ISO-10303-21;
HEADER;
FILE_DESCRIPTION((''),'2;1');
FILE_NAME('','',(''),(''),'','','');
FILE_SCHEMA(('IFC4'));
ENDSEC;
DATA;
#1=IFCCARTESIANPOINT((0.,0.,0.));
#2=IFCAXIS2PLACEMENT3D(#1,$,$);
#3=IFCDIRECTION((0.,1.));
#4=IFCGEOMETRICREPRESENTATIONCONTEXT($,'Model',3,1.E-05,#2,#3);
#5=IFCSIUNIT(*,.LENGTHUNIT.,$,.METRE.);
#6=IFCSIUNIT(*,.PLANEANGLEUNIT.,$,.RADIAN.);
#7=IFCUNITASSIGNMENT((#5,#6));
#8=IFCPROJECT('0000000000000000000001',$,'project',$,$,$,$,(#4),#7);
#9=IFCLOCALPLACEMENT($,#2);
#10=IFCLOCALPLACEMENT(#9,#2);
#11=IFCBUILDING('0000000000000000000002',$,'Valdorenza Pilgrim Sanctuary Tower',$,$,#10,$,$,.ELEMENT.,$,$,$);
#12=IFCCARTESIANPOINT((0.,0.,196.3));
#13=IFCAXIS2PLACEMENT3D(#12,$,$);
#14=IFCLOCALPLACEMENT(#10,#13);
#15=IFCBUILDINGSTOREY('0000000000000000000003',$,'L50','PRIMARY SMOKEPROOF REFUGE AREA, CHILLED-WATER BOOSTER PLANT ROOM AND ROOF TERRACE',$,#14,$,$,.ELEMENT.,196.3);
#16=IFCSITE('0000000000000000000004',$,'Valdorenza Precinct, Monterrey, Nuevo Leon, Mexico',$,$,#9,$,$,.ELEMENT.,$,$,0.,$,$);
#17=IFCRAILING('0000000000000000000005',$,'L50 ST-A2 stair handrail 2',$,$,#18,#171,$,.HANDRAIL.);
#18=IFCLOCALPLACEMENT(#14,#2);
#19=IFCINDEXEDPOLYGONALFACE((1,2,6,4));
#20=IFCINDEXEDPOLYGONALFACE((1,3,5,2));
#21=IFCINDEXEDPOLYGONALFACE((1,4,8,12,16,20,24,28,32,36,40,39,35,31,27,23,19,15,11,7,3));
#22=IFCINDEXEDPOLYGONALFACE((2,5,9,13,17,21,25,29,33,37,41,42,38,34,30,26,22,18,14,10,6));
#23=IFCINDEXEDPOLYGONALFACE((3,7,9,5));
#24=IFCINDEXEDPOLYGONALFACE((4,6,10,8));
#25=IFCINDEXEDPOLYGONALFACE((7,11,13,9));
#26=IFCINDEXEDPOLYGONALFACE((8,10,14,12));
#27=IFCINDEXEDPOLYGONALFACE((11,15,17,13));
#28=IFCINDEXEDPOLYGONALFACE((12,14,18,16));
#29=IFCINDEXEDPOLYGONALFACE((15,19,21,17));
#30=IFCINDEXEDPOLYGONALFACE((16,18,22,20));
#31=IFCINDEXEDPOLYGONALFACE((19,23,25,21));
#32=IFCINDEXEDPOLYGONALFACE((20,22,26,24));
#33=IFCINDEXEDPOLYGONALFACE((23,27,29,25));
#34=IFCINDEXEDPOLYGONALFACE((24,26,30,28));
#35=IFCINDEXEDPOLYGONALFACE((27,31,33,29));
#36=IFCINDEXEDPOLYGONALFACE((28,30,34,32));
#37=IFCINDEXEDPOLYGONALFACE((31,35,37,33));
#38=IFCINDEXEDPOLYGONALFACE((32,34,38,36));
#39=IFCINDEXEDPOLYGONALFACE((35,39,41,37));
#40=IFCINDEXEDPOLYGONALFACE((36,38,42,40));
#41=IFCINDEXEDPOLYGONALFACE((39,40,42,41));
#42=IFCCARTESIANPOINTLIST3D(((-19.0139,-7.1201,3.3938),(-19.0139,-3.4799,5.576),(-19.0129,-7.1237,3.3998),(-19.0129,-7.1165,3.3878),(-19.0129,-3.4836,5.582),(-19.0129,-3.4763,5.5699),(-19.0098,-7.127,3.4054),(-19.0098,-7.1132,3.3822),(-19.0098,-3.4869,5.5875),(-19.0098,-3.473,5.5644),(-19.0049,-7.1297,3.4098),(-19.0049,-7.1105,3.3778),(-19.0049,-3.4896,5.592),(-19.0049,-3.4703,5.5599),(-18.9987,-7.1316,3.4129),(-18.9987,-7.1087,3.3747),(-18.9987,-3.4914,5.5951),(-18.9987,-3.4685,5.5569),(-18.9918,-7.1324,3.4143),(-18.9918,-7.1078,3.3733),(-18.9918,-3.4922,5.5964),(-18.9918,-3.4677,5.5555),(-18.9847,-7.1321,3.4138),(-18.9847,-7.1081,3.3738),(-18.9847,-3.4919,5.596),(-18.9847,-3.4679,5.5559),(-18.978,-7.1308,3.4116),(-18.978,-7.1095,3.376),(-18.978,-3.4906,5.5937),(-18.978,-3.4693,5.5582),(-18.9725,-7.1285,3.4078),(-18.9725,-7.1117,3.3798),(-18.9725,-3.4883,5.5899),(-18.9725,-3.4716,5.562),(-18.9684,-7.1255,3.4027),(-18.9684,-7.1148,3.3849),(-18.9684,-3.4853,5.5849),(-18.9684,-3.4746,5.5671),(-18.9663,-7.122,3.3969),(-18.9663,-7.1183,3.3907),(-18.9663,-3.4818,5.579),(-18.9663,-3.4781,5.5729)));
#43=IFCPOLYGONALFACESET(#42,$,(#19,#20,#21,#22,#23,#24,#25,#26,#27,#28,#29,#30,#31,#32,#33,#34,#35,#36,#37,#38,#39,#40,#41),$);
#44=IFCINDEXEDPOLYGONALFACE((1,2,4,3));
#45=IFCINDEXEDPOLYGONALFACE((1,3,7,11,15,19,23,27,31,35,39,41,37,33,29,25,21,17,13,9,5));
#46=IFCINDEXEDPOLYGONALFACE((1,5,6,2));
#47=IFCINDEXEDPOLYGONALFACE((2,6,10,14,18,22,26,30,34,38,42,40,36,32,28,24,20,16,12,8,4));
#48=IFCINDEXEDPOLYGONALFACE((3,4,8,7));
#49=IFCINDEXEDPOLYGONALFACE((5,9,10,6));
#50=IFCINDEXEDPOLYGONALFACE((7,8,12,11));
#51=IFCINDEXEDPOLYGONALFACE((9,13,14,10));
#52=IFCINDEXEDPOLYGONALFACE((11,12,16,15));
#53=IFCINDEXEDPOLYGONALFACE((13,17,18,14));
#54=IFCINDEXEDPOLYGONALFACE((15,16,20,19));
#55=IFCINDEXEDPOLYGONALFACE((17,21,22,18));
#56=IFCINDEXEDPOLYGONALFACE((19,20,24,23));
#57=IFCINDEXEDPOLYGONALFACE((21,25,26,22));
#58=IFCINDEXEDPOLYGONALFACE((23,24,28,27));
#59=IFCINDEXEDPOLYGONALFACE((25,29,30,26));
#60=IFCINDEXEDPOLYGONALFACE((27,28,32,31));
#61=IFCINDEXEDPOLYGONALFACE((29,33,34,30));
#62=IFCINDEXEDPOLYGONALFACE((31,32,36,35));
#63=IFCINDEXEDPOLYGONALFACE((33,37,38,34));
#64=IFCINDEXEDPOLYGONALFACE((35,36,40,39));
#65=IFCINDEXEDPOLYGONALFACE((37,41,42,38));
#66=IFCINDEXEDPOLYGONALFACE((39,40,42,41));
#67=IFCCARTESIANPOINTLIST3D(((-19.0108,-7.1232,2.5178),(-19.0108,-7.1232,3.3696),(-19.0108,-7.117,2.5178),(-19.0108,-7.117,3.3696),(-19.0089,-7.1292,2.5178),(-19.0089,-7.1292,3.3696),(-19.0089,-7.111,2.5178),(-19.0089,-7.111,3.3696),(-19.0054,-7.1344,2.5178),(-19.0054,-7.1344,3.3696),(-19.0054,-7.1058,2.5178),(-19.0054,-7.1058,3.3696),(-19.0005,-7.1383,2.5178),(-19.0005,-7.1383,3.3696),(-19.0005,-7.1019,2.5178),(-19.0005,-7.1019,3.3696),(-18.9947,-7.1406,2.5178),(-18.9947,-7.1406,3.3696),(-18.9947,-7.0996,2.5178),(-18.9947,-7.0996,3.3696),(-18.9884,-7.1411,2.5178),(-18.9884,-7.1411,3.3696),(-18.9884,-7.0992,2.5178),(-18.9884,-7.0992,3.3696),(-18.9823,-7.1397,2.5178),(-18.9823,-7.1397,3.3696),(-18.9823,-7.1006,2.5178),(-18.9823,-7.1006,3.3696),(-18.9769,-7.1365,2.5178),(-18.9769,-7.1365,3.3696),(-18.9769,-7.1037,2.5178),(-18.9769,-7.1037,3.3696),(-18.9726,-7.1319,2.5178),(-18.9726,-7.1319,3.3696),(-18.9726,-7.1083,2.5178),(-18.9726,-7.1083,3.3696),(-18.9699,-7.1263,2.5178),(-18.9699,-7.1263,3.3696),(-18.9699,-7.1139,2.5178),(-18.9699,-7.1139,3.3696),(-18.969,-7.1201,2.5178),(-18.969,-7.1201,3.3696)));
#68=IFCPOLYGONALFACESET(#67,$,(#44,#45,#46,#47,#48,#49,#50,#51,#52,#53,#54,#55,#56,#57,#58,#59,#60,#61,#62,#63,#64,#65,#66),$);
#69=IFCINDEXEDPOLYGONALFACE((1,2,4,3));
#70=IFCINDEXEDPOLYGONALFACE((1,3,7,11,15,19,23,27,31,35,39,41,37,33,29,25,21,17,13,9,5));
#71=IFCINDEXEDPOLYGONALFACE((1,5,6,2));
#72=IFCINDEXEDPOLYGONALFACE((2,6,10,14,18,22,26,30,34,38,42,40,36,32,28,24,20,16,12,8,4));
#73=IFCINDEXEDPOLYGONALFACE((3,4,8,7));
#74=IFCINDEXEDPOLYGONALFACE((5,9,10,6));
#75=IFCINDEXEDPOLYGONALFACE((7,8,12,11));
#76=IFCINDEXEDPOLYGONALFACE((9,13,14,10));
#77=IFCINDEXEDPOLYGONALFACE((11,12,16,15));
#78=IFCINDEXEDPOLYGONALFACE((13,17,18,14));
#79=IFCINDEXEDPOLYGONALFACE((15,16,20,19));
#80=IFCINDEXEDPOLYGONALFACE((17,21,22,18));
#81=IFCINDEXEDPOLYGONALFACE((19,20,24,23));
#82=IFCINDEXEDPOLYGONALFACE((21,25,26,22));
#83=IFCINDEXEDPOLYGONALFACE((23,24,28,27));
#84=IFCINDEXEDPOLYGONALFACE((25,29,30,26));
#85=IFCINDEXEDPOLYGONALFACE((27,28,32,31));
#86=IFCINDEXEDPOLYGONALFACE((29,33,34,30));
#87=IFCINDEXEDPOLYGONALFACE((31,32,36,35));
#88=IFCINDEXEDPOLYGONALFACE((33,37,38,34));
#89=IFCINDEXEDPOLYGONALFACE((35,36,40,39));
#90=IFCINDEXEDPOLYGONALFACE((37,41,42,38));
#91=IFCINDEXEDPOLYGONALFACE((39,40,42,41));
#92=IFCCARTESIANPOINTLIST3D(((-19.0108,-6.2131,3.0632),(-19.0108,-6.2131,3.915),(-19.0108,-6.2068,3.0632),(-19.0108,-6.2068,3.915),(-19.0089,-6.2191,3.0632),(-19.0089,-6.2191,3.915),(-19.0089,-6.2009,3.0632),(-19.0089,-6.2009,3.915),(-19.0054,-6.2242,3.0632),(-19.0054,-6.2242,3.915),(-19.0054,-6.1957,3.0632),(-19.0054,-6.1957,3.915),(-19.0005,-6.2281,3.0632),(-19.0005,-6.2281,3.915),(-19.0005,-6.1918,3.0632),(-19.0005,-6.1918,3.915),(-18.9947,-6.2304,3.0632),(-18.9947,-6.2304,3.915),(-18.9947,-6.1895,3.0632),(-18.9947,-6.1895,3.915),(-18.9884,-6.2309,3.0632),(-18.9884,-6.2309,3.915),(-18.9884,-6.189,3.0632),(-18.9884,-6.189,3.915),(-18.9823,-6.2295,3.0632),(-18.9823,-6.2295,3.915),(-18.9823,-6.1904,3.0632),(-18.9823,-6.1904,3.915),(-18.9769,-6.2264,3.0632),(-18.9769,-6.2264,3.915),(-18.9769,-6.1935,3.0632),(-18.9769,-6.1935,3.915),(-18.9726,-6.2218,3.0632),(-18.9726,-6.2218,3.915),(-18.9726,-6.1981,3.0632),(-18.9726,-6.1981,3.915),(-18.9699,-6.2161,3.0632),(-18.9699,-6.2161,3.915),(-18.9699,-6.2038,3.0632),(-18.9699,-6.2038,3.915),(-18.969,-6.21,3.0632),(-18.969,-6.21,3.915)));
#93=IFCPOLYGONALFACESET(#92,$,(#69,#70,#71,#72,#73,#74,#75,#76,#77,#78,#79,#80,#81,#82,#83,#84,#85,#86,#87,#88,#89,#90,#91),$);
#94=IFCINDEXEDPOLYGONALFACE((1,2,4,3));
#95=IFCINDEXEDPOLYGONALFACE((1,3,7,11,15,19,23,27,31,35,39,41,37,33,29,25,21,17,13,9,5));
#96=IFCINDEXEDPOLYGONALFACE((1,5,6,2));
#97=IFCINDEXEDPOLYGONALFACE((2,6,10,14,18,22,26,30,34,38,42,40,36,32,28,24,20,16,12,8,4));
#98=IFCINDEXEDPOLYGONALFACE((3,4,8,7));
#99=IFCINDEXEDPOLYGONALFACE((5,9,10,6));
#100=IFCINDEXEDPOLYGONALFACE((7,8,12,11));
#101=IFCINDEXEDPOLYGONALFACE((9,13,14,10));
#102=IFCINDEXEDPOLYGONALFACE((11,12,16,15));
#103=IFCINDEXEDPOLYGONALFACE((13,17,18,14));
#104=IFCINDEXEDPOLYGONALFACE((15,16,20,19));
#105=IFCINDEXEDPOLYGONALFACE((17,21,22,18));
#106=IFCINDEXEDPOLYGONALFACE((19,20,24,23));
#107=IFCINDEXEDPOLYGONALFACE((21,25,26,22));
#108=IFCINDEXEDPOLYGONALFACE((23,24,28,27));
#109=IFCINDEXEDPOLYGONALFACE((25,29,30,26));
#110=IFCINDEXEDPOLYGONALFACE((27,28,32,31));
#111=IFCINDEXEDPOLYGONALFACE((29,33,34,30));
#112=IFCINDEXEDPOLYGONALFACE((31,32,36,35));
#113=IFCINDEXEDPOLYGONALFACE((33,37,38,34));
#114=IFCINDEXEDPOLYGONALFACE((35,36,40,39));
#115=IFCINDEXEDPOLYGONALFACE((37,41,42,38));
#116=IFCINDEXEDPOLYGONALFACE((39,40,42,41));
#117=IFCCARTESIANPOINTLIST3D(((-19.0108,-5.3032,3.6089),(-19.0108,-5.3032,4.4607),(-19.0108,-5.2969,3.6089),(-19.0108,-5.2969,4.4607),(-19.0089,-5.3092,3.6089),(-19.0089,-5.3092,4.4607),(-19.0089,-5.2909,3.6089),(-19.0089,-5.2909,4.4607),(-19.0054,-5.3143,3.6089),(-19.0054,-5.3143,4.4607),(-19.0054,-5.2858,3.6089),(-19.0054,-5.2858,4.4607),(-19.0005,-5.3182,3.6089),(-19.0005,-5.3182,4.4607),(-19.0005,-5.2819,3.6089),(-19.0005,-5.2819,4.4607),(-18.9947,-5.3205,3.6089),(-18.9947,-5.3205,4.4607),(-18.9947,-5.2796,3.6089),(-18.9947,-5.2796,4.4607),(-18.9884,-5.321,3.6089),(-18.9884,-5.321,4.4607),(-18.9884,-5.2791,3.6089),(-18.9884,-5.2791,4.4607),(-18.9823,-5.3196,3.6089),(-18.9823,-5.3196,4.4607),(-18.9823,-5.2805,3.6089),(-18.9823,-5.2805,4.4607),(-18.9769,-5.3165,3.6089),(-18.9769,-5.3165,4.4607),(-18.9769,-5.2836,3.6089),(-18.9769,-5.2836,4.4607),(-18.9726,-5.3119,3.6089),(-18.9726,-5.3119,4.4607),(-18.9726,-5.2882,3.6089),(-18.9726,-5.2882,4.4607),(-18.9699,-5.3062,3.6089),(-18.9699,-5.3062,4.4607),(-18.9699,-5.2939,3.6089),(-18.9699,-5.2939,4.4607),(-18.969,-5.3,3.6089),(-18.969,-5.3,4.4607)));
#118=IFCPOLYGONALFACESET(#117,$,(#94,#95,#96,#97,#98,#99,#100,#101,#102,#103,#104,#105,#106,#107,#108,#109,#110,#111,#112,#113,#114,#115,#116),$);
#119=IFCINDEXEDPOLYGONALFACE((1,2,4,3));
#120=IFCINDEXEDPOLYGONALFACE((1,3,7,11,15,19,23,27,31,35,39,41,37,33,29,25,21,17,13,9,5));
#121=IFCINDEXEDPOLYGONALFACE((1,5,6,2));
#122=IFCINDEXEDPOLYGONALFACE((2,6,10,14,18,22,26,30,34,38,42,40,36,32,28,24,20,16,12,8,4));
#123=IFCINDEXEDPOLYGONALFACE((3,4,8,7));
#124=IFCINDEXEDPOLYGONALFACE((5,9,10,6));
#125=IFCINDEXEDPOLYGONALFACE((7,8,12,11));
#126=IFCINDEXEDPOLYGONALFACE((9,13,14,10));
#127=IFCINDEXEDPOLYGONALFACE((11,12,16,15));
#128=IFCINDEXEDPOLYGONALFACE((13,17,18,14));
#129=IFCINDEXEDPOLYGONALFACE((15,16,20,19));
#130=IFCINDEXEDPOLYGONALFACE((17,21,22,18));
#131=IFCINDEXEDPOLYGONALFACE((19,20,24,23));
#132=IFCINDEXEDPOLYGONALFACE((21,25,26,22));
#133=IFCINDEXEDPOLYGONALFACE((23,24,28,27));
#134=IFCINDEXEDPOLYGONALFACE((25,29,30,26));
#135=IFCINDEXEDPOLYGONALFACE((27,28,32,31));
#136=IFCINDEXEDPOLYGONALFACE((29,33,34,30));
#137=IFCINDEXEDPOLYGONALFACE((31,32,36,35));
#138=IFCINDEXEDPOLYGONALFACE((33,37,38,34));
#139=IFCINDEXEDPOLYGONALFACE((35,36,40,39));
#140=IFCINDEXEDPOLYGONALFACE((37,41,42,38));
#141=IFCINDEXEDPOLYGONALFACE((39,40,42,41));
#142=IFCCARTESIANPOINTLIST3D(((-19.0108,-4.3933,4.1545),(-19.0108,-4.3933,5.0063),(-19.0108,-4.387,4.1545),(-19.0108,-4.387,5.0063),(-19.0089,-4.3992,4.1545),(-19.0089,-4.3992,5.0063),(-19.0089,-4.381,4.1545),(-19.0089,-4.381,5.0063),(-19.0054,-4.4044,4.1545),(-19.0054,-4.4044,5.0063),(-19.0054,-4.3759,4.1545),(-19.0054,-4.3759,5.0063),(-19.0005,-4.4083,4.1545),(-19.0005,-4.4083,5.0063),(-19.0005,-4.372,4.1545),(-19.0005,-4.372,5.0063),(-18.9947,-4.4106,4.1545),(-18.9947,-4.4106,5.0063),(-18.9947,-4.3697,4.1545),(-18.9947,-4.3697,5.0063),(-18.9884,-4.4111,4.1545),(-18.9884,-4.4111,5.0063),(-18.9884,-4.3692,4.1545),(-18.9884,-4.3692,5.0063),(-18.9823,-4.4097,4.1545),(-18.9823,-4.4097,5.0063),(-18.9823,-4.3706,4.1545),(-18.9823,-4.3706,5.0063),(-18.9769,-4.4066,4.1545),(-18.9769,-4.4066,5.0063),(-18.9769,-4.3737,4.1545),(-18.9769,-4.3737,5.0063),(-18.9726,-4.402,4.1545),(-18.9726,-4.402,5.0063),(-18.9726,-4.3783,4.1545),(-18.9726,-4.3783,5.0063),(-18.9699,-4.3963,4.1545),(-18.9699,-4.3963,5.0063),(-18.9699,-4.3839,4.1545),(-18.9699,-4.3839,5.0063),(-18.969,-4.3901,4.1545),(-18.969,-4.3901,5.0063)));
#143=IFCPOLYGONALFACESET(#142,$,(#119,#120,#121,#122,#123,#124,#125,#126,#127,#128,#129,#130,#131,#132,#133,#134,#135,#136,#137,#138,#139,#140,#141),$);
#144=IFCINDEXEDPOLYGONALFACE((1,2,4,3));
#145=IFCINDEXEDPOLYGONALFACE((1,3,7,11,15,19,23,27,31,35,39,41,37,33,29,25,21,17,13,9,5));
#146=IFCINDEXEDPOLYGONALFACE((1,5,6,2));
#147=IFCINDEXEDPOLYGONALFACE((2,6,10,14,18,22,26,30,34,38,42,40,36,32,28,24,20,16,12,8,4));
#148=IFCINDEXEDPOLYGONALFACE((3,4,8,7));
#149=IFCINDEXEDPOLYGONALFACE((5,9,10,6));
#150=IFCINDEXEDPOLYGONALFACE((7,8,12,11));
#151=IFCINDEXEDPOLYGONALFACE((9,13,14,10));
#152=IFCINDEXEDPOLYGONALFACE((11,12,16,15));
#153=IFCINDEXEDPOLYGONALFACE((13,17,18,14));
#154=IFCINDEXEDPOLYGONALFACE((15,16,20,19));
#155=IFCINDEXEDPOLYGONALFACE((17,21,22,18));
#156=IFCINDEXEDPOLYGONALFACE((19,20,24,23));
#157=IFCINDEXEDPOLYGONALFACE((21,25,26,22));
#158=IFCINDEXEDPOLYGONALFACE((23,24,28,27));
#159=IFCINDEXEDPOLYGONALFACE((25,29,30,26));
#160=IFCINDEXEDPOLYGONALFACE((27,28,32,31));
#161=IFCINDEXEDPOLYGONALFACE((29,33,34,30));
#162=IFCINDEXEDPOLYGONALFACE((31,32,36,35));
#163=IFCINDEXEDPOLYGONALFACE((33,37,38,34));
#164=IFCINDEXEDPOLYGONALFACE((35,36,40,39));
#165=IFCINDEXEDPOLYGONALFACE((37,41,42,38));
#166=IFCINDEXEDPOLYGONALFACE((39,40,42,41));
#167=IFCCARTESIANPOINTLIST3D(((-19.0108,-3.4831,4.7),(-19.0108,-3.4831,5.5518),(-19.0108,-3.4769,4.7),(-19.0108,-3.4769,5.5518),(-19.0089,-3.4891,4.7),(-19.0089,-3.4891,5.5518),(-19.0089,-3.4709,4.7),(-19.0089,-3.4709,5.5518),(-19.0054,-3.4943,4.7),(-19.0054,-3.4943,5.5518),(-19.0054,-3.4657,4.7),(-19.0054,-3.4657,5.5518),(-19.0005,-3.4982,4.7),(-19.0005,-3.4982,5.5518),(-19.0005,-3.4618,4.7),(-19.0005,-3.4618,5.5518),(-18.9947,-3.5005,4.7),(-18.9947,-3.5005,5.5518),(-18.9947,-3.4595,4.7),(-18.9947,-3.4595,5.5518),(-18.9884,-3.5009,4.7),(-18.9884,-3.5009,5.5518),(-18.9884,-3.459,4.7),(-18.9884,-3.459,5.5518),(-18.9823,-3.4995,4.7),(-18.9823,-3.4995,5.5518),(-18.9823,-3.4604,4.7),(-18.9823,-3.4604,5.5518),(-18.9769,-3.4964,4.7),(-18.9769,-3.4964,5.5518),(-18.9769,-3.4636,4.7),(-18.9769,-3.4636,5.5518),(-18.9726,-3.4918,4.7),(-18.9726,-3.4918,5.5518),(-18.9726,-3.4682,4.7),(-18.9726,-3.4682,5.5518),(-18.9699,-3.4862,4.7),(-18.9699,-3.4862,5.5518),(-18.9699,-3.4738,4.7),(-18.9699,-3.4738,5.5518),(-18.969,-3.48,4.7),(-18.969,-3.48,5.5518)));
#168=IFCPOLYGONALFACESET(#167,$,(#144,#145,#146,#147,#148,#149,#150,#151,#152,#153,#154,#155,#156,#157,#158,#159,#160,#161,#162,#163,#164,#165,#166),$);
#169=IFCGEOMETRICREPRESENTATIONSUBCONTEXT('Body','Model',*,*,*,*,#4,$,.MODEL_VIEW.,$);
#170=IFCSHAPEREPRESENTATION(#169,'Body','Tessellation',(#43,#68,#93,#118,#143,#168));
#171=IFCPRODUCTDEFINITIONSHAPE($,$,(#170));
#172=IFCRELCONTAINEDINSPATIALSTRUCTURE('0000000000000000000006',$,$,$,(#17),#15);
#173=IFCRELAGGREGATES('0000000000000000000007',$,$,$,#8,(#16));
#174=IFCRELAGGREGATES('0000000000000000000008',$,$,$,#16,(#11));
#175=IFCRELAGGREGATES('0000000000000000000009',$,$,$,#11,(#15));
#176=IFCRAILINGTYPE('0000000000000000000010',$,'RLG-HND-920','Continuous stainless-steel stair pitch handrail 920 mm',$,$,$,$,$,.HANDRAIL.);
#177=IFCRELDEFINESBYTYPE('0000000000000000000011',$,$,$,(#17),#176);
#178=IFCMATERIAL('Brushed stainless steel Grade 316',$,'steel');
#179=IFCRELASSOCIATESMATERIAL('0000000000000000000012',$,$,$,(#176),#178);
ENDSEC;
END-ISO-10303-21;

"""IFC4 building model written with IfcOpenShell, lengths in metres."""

from ifc_helpers import new_model, si_unit, direction, frame, origin, origin_2d, place, context, subcontext, project, spatial, circle, extrude, material, type_object, element, save


model = new_model("IFC4")

# Units and contexts
model_context = context("Model", 3, precision=1e-05, world=origin(), true_north=direction((0.0, 1.0)))
body_context = subcontext(model_context, "Body", "Model", "MODEL_VIEW")
ifc_project = project(units=[si_unit("LENGTHUNIT", "METRE"), si_unit("PLANEANGLEUNIT", "RADIAN")], contexts=[model_context])

# Site, building, storey
site_placement = place(None, origin())
site = spatial("IfcSite", under=ifc_project, at=site_placement, Name="Valdorenza Precinct, Monterrey, Nuevo Leon, Mexico", CompositionType="ELEMENT", RefElevation=0.0)
building_placement = place(site_placement, origin())
building = spatial("IfcBuilding", under=site, at=building_placement, Name="Valdorenza Pilgrim Sanctuary Tower", CompositionType="ELEMENT")
storey_placement = place(building_placement, frame((0.0, 0.0, 196.3)))
storey = spatial("IfcBuildingStorey", under=building, at=storey_placement, Name="L50", Description="PRIMARY SMOKEPROOF REFUGE AREA, CHILLED-WATER BOOSTER PLANT ROOM AND ROOF TERRACE", CompositionType="ELEMENT", Elevation=196.3)

# Shared definitions
ifc_material_1 = material(Name="Brushed stainless steel Grade 316", Category="steel")

# Railing
railing_type_1 = type_object("IfcRailingType", Name="RLG-HND-920", Description="Continuous stainless-steel stair pitch handrail 920 mm", PredefinedType="HANDRAIL", material=ifc_material_1)
railing_1_placement = place(storey_placement, frame((-18.99, -7.1201, 2.5178)))
element("IfcRailing", 1, at=railing_1_placement, inside=storey, type_object=railing_type_1, Name="L50 ST-A2 stair handrail 2", PredefinedType="HANDRAIL", context=body_context, shape_type="SweptSolid", body=[
    extrude(circle(Radius=0.0239, at=origin_2d()), frame((0.0, 0.0, 0.876), z_axis=(0.0, 0.857696, 0.514157), x_axis=(-1.0, 0.0, 0.0)), (0.0, 0.0, 1.0), 4.2441),
    extrude(circle(Radius=0.021, at=origin_2d()), origin(), (0.0, 0.0, 1.0), 0.8518),
    extrude(circle(Radius=0.021, at=origin_2d()), frame((0.0, 0.9102, 0.5454)), (0.0, 0.0, 1.0), 0.8518),
    extrude(circle(Radius=0.021, at=origin_2d()), frame((0.0, 1.8201, 1.0911)), (0.0, 0.0, 1.0), 0.8518),
    extrude(circle(Radius=0.021, at=origin_2d()), frame((0.0, 2.73, 1.6367)), (0.0, 0.0, 1.0), 0.8518),
    extrude(circle(Radius=0.021, at=origin_2d()), frame((0.0, 3.6401, 2.1821)), (0.0, 0.0, 1.0), 0.8518),
])

save(model, "model.ifc")
